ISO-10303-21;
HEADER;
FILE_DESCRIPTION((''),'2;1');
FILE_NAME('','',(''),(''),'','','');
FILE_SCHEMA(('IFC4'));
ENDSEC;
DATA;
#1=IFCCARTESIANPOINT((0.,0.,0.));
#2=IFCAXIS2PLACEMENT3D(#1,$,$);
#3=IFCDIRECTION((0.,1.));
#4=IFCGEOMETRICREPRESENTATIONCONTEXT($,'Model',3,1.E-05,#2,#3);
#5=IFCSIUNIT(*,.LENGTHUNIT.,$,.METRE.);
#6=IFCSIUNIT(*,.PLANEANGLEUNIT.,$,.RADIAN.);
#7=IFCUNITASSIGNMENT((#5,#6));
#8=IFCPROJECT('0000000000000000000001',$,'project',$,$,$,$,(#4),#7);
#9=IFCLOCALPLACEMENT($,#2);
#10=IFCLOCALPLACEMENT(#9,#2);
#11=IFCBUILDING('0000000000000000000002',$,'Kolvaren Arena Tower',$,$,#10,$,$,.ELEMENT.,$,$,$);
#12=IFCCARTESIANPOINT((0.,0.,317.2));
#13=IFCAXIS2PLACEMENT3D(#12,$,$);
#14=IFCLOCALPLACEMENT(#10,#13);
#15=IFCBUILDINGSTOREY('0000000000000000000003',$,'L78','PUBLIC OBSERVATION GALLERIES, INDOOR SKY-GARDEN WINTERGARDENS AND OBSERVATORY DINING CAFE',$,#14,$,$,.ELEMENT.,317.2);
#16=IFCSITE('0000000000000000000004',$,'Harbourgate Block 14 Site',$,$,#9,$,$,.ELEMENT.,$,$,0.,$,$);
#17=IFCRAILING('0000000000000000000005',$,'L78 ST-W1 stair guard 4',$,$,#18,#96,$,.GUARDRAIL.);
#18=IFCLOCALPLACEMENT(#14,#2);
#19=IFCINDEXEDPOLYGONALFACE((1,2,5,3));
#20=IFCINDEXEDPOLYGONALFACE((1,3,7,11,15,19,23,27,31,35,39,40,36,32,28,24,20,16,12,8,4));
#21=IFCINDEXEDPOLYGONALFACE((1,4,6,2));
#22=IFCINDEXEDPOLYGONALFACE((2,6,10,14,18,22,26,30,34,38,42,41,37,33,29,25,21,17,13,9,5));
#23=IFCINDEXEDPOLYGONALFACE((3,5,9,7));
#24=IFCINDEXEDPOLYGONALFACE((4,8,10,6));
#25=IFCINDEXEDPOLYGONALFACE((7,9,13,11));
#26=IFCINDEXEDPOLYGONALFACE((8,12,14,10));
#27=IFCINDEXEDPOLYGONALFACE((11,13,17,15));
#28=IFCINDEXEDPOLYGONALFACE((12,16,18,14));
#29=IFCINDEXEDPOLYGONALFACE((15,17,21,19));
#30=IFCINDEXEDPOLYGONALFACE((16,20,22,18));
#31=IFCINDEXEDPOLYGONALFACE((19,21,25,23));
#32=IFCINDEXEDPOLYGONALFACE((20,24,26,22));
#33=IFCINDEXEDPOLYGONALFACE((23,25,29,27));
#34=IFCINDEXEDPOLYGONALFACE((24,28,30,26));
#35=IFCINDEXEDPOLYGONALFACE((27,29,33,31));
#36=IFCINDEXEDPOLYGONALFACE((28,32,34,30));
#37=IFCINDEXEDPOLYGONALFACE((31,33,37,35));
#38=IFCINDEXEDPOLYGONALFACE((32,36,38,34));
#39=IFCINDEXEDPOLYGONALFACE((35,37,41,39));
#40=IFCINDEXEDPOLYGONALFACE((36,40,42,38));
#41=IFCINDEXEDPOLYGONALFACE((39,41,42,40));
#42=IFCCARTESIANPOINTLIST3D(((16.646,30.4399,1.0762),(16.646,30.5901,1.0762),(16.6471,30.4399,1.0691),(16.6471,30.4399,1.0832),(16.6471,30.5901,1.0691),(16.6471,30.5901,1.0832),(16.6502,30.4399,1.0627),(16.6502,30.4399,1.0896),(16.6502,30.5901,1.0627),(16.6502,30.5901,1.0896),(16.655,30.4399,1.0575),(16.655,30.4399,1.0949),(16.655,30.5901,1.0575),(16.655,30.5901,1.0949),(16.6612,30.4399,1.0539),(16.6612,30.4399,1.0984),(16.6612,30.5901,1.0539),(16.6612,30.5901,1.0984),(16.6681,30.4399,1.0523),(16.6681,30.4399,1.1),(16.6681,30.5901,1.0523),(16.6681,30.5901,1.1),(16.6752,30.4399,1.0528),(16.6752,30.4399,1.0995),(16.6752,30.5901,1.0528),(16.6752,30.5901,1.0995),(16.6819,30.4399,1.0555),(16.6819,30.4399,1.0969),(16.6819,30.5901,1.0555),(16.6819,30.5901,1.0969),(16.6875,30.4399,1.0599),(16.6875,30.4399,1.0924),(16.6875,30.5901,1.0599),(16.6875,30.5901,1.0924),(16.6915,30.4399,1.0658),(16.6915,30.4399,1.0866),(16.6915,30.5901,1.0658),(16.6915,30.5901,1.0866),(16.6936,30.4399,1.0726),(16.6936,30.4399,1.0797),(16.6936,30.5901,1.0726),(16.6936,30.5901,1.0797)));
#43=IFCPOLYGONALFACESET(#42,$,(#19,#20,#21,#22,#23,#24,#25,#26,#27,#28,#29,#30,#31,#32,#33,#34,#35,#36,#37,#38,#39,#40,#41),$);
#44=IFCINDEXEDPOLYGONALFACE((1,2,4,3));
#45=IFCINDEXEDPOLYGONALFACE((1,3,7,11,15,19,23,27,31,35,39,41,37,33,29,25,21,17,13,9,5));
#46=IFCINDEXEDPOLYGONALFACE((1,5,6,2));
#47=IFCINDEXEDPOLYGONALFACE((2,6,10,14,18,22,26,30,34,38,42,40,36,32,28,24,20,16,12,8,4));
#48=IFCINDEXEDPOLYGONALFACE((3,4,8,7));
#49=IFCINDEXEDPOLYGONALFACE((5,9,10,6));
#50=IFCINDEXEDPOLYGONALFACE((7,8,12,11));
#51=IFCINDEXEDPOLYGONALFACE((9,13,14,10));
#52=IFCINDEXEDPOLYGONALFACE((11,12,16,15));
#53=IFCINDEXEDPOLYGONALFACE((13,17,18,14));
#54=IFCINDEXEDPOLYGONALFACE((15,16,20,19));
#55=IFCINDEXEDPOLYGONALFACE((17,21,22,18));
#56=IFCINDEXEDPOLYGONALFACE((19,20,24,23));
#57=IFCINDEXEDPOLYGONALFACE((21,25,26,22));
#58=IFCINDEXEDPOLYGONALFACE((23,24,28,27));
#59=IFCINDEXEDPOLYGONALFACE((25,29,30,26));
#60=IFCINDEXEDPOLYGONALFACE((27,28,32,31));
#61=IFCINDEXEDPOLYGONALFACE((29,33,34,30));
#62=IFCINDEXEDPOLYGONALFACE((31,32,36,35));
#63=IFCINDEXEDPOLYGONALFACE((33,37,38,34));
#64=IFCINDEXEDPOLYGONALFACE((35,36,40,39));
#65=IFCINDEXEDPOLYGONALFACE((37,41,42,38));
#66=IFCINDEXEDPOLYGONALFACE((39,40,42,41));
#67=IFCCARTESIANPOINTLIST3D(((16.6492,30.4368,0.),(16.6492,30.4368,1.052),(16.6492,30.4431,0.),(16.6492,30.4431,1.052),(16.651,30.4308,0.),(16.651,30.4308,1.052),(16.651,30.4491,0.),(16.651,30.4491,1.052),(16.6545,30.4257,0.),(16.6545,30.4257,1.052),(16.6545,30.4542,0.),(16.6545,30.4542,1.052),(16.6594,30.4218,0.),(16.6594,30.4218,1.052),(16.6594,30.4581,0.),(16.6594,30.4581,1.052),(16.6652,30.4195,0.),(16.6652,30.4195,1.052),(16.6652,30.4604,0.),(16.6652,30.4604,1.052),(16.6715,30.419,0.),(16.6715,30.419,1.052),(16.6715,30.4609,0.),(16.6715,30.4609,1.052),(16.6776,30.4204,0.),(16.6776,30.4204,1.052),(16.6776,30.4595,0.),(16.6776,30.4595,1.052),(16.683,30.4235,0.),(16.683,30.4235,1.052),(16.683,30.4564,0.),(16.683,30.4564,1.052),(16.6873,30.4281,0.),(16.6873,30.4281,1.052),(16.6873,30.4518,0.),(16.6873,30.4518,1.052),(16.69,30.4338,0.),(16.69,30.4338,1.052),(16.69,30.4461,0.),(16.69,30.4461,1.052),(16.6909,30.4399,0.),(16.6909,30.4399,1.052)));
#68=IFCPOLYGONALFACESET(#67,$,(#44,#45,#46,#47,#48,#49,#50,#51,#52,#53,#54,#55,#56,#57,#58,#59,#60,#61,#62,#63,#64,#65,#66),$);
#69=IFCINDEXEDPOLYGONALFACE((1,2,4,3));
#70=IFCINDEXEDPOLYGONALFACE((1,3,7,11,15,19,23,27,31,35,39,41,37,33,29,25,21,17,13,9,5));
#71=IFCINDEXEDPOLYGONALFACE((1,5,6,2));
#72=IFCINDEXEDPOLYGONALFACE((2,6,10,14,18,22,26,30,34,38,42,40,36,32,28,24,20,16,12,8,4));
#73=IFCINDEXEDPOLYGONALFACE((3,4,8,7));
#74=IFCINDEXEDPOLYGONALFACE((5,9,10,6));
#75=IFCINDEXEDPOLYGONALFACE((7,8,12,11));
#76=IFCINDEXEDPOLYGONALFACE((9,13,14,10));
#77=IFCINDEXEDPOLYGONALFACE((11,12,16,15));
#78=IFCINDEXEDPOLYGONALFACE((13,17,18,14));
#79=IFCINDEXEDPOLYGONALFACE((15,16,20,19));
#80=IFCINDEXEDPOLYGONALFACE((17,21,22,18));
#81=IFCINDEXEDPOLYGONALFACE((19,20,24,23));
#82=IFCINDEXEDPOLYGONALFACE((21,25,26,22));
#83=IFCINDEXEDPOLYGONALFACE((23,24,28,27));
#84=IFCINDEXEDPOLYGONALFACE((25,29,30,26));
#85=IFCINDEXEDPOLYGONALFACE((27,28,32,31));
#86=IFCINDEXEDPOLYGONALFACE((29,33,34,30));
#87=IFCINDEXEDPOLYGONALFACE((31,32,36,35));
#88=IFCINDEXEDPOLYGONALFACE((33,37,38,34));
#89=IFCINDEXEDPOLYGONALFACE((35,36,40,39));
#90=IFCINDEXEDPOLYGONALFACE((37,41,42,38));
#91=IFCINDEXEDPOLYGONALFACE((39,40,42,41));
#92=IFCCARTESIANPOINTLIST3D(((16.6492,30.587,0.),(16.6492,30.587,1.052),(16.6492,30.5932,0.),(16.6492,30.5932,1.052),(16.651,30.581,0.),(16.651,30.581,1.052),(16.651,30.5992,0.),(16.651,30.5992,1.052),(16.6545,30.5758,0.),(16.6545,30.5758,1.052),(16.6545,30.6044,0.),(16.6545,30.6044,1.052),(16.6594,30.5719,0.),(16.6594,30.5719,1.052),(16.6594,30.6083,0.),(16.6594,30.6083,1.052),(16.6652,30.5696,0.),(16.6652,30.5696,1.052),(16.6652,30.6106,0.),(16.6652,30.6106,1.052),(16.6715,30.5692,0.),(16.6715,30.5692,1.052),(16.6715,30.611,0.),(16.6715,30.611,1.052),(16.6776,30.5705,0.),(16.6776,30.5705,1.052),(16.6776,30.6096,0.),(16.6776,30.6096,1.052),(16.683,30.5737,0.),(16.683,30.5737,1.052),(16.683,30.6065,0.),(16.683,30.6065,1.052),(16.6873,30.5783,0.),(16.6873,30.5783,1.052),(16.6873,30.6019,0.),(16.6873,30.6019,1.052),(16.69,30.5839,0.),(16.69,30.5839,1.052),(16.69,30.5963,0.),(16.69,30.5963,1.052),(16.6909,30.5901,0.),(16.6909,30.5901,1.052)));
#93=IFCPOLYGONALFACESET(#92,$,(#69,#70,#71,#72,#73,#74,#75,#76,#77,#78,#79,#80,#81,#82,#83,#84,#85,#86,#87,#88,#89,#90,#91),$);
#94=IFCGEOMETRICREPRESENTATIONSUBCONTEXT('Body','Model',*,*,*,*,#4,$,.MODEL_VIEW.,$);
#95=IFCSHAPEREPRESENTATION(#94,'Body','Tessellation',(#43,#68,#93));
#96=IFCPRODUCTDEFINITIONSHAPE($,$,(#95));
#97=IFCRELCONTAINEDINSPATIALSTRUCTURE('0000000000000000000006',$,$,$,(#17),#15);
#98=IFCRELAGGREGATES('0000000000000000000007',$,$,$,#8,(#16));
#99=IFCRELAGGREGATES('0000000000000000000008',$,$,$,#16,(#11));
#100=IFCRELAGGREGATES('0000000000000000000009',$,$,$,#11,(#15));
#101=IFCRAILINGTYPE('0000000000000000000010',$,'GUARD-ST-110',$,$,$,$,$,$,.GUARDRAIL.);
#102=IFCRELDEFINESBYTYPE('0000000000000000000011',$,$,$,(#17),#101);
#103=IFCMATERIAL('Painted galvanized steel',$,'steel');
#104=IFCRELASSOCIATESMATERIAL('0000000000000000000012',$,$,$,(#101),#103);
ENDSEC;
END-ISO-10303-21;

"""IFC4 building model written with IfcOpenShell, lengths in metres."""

from ifc_helpers import new_model, si_unit, direction, frame, origin, origin_2d, place, context, subcontext, project, spatial, circle, extrude, material, type_object, element, save


model = new_model("IFC4")

# Units and contexts
model_context = context("Model", 3, precision=1e-05, world=origin(), true_north=direction((0.0, 1.0)))
body_context = subcontext(model_context, "Body", "Model", "MODEL_VIEW")
ifc_project = project(units=[si_unit("LENGTHUNIT", "METRE"), si_unit("PLANEANGLEUNIT", "RADIAN")], contexts=[model_context])

# Site, building, storey
site_placement = place(None, origin())
site = spatial("IfcSite", under=ifc_project, at=site_placement, Name="Harbourgate Block 14 Site", CompositionType="ELEMENT", RefElevation=0.0)
building_placement = place(site_placement, origin())
building = spatial("IfcBuilding", under=site, at=building_placement, Name="Kolvaren Arena Tower", CompositionType="ELEMENT")
storey_placement = place(building_placement, frame((0.0, 0.0, 317.2)))
storey = spatial("IfcBuildingStorey", under=building, at=storey_placement, Name="L78", Description="PUBLIC OBSERVATION GALLERIES, INDOOR SKY-GARDEN WINTERGARDENS AND OBSERVATORY DINING CAFE", CompositionType="ELEMENT", Elevation=317.2)

# Railing
ifc_material_1 = material(Name="Painted galvanized steel", Category="steel")
railing_type_1 = type_object("IfcRailingType", Name="GUARD-ST-110", PredefinedType="GUARDRAIL", material=ifc_material_1)
railing_1_placement = place(storey_placement, frame((16.6699, 30.4399, 0.0)))
element("IfcRailing", 1, at=railing_1_placement, inside=storey, type_object=railing_type_1, Name="L78 ST-W1 stair guard 4", PredefinedType="GUARDRAIL", context=body_context, shape_type="SweptSolid", body=[
    extrude(circle(Radius=0.0239, at=origin_2d()), frame((0.0, 0.0, 1.0762), z_axis=(0.0, 1.0, 0.0), x_axis=(-1.0, 0.0, 0.0)), (0.0, 0.0, 1.0), 0.1501),
    extrude(circle(Radius=0.021, at=origin_2d()), origin(), (0.0, 0.0, 1.0), 1.052),
    extrude(circle(Radius=0.021, at=origin_2d()), frame((0.0, 0.1501, 0.0)), (0.0, 0.0, 1.0), 1.052),
])

save(model, "model.ifc")
